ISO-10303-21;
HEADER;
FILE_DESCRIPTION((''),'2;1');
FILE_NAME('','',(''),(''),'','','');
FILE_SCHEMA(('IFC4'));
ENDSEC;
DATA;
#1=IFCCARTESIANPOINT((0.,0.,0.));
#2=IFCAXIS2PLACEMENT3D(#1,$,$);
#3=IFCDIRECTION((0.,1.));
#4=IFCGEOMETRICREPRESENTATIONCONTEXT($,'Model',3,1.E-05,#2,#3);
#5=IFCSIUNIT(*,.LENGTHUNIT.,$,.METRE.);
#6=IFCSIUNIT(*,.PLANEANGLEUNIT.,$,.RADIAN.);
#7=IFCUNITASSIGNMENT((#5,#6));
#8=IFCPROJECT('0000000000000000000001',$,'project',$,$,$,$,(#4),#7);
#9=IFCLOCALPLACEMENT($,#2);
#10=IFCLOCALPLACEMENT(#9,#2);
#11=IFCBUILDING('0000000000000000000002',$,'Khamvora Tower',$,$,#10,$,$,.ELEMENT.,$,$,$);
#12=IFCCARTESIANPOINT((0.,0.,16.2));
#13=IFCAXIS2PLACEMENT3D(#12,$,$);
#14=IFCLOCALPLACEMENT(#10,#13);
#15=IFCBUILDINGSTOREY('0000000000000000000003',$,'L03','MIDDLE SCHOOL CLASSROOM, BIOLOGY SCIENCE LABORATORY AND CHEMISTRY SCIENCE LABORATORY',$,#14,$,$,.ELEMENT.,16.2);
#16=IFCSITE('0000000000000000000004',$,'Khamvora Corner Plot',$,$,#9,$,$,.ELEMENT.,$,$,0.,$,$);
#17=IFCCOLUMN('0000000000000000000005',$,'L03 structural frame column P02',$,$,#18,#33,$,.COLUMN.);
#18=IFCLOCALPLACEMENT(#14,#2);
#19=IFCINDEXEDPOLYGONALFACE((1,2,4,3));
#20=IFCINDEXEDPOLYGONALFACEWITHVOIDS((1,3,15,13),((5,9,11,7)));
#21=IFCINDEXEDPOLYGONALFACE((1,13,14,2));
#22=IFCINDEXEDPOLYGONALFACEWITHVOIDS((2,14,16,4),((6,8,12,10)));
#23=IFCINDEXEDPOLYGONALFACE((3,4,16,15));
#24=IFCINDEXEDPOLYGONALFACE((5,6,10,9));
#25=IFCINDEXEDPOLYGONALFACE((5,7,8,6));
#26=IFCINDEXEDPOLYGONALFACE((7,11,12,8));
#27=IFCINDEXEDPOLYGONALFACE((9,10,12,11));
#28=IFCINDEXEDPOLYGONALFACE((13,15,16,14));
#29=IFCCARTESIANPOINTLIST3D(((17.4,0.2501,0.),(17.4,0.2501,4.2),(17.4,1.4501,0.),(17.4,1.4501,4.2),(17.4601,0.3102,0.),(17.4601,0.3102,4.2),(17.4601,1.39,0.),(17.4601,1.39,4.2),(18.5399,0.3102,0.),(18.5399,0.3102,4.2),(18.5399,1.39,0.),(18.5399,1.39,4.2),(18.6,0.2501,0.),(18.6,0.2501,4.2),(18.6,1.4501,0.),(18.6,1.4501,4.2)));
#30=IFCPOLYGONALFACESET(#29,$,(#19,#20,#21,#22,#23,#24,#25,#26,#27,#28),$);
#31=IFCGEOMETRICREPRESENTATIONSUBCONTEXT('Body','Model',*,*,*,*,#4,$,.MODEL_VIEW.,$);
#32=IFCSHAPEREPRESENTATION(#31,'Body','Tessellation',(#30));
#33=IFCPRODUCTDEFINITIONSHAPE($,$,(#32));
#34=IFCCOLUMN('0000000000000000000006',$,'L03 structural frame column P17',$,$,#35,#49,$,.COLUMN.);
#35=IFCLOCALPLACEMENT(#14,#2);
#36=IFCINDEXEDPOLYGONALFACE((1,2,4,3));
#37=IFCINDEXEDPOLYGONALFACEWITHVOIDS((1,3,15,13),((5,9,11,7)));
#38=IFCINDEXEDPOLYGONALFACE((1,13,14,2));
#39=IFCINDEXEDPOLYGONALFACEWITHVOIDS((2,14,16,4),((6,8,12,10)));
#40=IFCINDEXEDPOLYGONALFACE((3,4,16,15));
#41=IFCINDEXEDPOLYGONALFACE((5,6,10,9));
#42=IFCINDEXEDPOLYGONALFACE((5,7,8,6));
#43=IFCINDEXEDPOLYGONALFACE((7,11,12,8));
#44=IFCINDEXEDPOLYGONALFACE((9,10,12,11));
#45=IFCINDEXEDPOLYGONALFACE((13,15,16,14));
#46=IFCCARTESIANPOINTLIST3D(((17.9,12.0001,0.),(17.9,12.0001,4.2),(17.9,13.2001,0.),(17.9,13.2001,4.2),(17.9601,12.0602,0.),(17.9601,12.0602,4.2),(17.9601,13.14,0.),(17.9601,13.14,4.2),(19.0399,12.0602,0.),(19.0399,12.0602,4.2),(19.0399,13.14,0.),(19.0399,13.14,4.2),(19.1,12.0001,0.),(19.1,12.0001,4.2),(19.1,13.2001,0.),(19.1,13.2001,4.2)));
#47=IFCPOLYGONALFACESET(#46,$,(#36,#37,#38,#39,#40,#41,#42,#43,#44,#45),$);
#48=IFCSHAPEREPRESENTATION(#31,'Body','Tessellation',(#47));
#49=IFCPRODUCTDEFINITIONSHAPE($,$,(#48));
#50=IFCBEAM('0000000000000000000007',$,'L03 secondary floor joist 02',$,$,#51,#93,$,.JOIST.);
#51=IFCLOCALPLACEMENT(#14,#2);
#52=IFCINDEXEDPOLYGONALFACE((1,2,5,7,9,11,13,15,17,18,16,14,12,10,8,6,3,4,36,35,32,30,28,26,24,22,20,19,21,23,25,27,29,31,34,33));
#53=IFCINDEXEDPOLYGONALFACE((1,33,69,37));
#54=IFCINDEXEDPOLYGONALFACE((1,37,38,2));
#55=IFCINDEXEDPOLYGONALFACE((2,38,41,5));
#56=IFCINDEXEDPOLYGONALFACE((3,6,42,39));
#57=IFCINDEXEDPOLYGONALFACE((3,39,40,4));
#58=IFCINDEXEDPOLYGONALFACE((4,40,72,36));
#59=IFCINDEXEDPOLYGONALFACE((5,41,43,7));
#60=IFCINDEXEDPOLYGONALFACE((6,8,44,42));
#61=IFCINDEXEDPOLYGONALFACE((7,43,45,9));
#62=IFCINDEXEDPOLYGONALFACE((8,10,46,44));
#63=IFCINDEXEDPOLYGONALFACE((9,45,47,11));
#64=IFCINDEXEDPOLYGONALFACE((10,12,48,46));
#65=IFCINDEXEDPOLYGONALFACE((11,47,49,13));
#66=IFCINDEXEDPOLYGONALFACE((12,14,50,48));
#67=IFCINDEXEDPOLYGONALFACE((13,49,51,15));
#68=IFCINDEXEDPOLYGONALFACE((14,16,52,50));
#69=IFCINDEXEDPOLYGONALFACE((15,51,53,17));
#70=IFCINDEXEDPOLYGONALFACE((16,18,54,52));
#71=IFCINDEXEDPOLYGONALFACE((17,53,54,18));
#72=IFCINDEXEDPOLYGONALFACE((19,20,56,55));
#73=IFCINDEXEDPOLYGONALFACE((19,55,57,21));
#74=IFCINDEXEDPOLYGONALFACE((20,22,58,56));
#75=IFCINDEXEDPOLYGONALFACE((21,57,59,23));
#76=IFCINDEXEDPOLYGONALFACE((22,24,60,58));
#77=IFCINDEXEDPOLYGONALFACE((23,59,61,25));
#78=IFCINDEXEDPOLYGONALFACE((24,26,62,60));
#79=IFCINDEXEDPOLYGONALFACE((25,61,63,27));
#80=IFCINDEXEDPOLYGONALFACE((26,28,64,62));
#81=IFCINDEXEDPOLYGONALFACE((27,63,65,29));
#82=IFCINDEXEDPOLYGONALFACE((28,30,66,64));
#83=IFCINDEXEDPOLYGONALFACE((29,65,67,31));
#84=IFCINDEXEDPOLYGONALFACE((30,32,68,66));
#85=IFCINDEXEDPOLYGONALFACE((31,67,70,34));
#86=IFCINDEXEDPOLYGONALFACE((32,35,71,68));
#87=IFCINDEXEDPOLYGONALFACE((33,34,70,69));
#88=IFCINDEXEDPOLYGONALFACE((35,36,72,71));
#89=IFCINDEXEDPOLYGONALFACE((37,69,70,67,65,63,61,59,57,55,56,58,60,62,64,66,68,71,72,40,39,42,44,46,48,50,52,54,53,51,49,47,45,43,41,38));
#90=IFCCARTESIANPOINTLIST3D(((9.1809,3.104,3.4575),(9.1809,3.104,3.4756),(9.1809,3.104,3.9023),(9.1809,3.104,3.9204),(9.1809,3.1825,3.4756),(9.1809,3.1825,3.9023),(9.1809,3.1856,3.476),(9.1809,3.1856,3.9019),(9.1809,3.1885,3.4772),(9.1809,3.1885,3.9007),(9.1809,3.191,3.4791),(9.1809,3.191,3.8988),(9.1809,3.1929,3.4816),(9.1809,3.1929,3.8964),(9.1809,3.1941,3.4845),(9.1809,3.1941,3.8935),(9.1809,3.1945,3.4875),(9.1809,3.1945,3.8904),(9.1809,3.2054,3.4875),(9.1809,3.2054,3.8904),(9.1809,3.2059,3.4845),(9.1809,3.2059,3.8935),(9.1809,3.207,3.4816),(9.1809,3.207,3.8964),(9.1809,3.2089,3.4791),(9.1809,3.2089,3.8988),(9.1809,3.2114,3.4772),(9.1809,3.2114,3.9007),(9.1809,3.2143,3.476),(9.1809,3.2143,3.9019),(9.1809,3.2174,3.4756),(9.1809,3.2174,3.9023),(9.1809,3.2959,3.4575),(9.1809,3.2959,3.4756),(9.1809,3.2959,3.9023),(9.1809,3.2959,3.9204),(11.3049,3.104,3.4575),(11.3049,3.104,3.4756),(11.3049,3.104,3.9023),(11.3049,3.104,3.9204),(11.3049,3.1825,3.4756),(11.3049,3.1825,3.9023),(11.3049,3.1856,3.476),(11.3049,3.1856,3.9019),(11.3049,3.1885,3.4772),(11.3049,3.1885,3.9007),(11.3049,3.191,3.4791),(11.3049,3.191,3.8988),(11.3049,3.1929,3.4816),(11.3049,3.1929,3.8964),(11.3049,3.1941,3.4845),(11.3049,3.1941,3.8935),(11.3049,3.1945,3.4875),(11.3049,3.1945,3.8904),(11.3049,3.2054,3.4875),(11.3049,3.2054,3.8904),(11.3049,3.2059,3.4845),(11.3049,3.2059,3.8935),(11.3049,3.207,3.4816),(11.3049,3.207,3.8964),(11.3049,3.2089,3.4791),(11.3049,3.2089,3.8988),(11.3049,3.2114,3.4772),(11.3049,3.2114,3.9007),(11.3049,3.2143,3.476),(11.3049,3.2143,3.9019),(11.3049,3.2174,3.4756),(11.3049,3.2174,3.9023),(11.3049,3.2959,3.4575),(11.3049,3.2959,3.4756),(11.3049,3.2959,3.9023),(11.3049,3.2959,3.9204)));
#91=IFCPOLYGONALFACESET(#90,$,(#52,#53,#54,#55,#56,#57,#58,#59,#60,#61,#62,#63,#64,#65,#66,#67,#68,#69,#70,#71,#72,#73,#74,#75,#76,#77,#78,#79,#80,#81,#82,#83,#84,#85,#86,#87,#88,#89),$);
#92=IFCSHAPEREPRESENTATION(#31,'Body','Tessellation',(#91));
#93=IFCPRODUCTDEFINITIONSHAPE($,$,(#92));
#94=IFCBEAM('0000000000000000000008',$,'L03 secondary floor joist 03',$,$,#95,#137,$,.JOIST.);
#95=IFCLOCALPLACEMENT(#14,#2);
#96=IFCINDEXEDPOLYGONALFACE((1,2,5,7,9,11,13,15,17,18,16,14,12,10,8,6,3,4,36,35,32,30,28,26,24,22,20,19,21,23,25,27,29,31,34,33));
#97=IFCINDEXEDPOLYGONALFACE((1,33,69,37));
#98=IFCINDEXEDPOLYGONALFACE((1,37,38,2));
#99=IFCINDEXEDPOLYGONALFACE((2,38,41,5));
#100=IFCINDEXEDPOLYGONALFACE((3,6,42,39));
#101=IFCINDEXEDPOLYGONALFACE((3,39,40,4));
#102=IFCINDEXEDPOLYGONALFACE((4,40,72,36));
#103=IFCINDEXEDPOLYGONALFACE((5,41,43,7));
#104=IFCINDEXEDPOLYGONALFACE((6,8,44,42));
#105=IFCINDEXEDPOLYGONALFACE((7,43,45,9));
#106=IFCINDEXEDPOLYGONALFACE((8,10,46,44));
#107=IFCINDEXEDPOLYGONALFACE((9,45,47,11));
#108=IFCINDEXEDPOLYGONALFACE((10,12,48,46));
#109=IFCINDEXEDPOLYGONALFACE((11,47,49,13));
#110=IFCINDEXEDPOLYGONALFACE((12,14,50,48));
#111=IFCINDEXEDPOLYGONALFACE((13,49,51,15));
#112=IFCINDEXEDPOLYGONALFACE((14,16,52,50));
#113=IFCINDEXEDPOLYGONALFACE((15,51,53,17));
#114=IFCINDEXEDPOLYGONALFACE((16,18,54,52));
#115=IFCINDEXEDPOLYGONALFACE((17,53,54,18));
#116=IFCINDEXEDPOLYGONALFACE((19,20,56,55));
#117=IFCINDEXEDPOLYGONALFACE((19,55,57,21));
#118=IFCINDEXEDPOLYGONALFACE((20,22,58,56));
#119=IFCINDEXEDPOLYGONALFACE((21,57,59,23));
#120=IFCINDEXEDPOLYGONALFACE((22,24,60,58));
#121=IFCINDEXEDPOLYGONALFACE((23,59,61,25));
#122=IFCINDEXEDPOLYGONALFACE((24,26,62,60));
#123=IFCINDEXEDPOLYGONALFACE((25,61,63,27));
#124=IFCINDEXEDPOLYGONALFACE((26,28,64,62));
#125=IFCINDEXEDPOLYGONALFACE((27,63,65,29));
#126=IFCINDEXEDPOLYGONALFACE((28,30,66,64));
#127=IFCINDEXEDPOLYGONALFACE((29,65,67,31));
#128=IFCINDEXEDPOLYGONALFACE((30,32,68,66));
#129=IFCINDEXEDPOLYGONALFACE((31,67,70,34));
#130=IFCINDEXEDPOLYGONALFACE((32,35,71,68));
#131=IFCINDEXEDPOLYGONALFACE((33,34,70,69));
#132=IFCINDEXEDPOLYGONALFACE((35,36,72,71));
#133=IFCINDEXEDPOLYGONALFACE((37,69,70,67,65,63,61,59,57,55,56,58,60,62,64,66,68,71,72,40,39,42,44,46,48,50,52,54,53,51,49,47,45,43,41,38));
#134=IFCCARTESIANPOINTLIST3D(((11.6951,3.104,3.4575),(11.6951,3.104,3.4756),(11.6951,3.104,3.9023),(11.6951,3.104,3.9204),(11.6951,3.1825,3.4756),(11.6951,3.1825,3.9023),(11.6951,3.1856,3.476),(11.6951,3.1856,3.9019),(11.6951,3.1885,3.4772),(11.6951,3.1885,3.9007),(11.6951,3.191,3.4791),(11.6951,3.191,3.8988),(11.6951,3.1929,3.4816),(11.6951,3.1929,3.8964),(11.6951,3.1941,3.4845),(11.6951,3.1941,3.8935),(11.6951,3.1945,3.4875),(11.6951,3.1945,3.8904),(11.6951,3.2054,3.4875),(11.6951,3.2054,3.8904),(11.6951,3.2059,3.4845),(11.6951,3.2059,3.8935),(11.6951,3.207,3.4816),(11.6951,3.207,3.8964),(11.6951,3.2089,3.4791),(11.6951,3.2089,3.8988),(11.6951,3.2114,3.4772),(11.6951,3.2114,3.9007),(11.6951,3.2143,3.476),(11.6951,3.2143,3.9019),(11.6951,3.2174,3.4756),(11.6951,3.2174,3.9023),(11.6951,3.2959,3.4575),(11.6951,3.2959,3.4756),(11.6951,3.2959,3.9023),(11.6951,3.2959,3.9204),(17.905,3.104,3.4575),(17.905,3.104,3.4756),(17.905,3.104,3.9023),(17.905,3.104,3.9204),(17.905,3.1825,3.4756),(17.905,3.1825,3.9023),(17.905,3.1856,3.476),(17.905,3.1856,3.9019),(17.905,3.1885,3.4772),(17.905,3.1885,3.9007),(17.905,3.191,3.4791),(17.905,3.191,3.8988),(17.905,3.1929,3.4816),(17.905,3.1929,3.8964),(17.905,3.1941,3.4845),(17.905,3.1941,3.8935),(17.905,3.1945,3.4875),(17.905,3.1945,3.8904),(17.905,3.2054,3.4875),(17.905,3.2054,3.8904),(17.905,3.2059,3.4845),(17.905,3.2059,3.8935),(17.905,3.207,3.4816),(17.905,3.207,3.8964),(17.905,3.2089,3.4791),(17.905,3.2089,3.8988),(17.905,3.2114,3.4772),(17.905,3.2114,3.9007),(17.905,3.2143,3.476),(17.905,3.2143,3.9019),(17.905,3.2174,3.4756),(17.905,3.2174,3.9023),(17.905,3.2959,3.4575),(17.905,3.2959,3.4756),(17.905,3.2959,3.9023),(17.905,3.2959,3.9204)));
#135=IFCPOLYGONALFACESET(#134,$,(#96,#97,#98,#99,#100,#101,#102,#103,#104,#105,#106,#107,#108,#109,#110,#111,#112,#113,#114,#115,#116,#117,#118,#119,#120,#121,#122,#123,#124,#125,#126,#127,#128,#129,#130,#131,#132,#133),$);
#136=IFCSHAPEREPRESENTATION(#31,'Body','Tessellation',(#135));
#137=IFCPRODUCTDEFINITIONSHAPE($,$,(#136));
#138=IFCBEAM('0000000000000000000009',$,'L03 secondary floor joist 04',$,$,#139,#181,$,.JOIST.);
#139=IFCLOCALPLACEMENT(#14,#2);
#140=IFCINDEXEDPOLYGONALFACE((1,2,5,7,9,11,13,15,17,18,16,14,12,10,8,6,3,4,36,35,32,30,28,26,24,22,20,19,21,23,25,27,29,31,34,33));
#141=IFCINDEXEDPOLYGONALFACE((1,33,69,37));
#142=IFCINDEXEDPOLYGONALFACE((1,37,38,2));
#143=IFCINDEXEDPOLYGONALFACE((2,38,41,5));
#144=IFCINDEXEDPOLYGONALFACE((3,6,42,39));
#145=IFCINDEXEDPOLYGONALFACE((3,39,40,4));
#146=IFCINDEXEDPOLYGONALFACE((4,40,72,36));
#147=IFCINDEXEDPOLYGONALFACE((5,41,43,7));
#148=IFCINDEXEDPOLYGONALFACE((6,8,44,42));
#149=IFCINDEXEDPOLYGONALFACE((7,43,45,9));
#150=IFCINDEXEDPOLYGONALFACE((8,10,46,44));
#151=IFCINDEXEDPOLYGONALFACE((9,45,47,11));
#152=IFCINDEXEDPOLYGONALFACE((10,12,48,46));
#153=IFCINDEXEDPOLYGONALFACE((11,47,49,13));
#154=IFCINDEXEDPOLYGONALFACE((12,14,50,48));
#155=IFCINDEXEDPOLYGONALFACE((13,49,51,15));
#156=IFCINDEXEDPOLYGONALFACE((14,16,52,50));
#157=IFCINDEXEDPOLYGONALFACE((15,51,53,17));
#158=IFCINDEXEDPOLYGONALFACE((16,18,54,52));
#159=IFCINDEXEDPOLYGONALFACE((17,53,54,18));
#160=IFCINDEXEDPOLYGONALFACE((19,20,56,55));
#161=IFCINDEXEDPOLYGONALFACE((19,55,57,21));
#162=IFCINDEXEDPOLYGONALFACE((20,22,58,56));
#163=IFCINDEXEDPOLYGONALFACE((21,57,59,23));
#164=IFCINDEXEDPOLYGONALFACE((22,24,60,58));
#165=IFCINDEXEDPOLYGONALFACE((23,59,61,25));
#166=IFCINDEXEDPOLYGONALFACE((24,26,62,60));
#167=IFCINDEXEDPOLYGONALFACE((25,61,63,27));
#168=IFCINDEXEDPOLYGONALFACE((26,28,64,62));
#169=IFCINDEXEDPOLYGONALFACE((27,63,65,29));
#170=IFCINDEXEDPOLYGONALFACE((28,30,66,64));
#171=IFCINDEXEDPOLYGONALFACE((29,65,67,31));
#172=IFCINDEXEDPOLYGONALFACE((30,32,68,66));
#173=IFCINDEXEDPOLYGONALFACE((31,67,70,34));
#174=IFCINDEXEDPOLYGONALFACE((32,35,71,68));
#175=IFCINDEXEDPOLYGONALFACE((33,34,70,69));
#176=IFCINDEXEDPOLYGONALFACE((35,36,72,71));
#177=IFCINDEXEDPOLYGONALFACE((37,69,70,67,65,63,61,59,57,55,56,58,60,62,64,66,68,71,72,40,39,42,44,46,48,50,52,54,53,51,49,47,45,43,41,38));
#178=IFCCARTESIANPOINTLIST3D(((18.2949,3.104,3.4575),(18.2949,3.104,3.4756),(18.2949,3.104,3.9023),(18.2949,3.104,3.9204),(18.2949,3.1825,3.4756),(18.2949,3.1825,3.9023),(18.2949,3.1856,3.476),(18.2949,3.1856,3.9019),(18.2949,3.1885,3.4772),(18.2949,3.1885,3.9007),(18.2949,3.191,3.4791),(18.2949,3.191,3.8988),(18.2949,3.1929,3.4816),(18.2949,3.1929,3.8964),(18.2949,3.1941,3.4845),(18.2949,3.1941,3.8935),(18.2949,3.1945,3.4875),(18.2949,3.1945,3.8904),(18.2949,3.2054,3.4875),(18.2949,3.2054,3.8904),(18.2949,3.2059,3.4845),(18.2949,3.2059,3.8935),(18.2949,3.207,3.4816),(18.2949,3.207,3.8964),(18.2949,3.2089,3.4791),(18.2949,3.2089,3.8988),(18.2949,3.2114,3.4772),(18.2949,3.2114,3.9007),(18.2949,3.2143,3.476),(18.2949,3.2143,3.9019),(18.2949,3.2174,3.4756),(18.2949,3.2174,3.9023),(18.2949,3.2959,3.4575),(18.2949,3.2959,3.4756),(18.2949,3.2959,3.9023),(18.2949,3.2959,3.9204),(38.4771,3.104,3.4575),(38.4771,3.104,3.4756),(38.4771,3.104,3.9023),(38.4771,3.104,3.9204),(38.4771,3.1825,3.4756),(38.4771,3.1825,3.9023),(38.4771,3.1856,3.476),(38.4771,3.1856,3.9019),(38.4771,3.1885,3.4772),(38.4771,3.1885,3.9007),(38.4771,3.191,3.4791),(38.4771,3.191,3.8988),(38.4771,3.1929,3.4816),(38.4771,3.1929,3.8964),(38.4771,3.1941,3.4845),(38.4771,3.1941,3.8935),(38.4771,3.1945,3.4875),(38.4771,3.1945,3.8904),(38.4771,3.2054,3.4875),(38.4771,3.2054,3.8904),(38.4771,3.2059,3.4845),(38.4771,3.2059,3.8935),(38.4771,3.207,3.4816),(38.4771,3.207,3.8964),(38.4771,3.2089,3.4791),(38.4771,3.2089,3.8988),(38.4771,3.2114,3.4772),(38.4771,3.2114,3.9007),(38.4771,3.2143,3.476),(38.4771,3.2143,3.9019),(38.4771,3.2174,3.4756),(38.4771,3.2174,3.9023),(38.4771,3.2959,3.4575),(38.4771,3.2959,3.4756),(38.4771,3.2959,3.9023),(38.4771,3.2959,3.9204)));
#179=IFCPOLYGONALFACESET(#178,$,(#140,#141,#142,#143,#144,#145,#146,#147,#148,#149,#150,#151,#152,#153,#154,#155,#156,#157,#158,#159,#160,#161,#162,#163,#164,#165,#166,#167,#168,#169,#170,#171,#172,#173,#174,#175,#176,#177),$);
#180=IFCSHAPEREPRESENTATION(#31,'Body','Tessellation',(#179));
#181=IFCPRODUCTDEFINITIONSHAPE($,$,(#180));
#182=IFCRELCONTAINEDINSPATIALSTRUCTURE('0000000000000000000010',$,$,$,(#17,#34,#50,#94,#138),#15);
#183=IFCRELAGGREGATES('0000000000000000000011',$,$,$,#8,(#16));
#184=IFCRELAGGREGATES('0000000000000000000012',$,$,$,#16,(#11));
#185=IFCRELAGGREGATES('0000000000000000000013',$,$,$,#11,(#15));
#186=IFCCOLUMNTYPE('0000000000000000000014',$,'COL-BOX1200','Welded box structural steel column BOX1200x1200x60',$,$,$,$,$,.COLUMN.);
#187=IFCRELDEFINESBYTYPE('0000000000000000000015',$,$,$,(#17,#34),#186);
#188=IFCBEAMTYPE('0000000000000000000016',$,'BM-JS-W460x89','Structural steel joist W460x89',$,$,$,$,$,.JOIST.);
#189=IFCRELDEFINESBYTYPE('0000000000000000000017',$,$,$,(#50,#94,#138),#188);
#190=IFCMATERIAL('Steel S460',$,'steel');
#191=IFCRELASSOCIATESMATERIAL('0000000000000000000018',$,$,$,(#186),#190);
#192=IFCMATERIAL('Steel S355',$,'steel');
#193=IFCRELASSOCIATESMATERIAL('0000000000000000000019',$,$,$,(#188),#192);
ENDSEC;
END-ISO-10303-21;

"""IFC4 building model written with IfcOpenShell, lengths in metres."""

from ifc_helpers import new_model, si_unit, direction, frame, origin, origin_2d, place, context, subcontext, project, spatial, hollow_rectangle, i_section, extrude, material, material_profile, profile_set, type_object, element, save


model = new_model("IFC4")

# Units and contexts
model_context = context("Model", 3, precision=1e-05, world=origin(), true_north=direction((0.0, 1.0)))
body_context = subcontext(model_context, "Body", "Model", "MODEL_VIEW")
ifc_project = project(units=[si_unit("LENGTHUNIT", "METRE"), si_unit("PLANEANGLEUNIT", "RADIAN")], contexts=[model_context])

# Site, building, storey
site_placement = place(None, origin())
site = spatial("IfcSite", under=ifc_project, at=site_placement, Name="Khamvora Corner Plot", CompositionType="ELEMENT", RefElevation=0.0)
building_placement = place(site_placement, origin())
building = spatial("IfcBuilding", under=site, at=building_placement, Name="Khamvora Tower", CompositionType="ELEMENT")
storey_placement = place(building_placement, frame((0.0, 0.0, 16.2)))
storey = spatial("IfcBuildingStorey", under=building, at=storey_placement, Name="L03", Description="MIDDLE SCHOOL CLASSROOM, BIOLOGY SCIENCE LABORATORY AND CHEMISTRY SCIENCE LABORATORY", CompositionType="ELEMENT", Elevation=16.2)

# Columns
ifc_material_1 = material(Name="Steel S460", Category="steel")
ifc_material_profile_1 = material_profile(ifc_material_1, hollow_rectangle(XDim=1.2, YDim=1.2, WallThickness=0.0601, at=origin_2d()), Name="BOX1200x1200x60")
ifc_profile_set_1 = profile_set([ifc_material_profile_1], Name="Steel S460")
column_type = type_object("IfcColumnType", Name="COL-BOX1200", Description="Welded box structural steel column BOX1200x1200x60", PredefinedType="COLUMN", material=ifc_profile_set_1)
for number, where, z_axis, x_axis, name in (
    (1, (18.0, 0.8501, 0.0), (0.0, 0.0, 1.0), (1.0, 0.0, 0.0), "L03 structural frame column P02"),
    (2, (18.5, 12.6001, 0.0), (0.0, 0.0, 1.0), (1.0, 0.0, 0.0), "L03 structural frame column P17"),
):
    element("IfcColumn", number, at=place(storey_placement, frame(where, z_axis=z_axis, x_axis=x_axis)), inside=storey, type_object=column_type, Name=name, PredefinedType="COLUMN", context=body_context, shape_type="SweptSolid", body=[
        extrude(hollow_rectangle(XDim=1.2, YDim=1.2, WallThickness=0.0601, at=origin_2d()), origin(), (0.0, 0.0, 1.0), 4.2),
    ])

# Beams
ifc_material_2 = material(Name="Steel S355", Category="steel")
ifc_material_profile_2 = material_profile(ifc_material_2, i_section(OverallWidth=0.1919, OverallDepth=0.4629, WebThickness=0.011, FlangeThickness=0.0181, FilletRadius=0.012, at=origin_2d()), Name="W460x89")
ifc_profile_set_2 = profile_set([ifc_material_profile_2], Name="Steel S355")
beam_type_1 = type_object("IfcBeamType", Name="BM-JS-W460x89", Description="Structural steel joist W460x89", PredefinedType="JOIST", material=ifc_profile_set_2)
beam_1_placement = place(storey_placement, frame((9.1809, 3.2, 3.689), z_axis=(1.0, 0.0, 0.0), x_axis=(0.0, 1.0, 0.0)))
element("IfcBeam", 3, at=beam_1_placement, inside=storey, type_object=beam_type_1, Name="L03 secondary floor joist 02", PredefinedType="JOIST", context=body_context, shape_type="SweptSolid", body=[
    extrude(i_section(OverallWidth=0.1919, OverallDepth=0.4629, WebThickness=0.011, FlangeThickness=0.0181, FilletRadius=0.012, at=origin_2d()), origin(), (0.0, 0.0, 1.0), 2.124),
])
beam_2_placement = place(storey_placement, frame((11.6951, 3.2, 3.689), z_axis=(1.0, 0.0, 0.0), x_axis=(0.0, 1.0, 0.0)))
element("IfcBeam", 4, at=beam_2_placement, inside=storey, type_object=beam_type_1, Name="L03 secondary floor joist 03", PredefinedType="JOIST", context=body_context, shape_type="SweptSolid", body=[
    extrude(i_section(OverallWidth=0.1919, OverallDepth=0.4629, WebThickness=0.011, FlangeThickness=0.0181, FilletRadius=0.012, at=origin_2d()), origin(), (0.0, 0.0, 1.0), 6.21),
])
beam_3_placement = place(storey_placement, frame((18.2949, 3.2, 3.689), z_axis=(1.0, 0.0, 0.0), x_axis=(0.0, 1.0, 0.0)))
element("IfcBeam", 5, at=beam_3_placement, inside=storey, type_object=beam_type_1, Name="L03 secondary floor joist 04", PredefinedType="JOIST", context=body_context, shape_type="SweptSolid", body=[
    extrude(i_section(OverallWidth=0.1919, OverallDepth=0.4629, WebThickness=0.011, FlangeThickness=0.0181, FilletRadius=0.012, at=origin_2d()), origin(), (0.0, 0.0, 1.0), 20.1821),
])

save(model, "model.ifc")
